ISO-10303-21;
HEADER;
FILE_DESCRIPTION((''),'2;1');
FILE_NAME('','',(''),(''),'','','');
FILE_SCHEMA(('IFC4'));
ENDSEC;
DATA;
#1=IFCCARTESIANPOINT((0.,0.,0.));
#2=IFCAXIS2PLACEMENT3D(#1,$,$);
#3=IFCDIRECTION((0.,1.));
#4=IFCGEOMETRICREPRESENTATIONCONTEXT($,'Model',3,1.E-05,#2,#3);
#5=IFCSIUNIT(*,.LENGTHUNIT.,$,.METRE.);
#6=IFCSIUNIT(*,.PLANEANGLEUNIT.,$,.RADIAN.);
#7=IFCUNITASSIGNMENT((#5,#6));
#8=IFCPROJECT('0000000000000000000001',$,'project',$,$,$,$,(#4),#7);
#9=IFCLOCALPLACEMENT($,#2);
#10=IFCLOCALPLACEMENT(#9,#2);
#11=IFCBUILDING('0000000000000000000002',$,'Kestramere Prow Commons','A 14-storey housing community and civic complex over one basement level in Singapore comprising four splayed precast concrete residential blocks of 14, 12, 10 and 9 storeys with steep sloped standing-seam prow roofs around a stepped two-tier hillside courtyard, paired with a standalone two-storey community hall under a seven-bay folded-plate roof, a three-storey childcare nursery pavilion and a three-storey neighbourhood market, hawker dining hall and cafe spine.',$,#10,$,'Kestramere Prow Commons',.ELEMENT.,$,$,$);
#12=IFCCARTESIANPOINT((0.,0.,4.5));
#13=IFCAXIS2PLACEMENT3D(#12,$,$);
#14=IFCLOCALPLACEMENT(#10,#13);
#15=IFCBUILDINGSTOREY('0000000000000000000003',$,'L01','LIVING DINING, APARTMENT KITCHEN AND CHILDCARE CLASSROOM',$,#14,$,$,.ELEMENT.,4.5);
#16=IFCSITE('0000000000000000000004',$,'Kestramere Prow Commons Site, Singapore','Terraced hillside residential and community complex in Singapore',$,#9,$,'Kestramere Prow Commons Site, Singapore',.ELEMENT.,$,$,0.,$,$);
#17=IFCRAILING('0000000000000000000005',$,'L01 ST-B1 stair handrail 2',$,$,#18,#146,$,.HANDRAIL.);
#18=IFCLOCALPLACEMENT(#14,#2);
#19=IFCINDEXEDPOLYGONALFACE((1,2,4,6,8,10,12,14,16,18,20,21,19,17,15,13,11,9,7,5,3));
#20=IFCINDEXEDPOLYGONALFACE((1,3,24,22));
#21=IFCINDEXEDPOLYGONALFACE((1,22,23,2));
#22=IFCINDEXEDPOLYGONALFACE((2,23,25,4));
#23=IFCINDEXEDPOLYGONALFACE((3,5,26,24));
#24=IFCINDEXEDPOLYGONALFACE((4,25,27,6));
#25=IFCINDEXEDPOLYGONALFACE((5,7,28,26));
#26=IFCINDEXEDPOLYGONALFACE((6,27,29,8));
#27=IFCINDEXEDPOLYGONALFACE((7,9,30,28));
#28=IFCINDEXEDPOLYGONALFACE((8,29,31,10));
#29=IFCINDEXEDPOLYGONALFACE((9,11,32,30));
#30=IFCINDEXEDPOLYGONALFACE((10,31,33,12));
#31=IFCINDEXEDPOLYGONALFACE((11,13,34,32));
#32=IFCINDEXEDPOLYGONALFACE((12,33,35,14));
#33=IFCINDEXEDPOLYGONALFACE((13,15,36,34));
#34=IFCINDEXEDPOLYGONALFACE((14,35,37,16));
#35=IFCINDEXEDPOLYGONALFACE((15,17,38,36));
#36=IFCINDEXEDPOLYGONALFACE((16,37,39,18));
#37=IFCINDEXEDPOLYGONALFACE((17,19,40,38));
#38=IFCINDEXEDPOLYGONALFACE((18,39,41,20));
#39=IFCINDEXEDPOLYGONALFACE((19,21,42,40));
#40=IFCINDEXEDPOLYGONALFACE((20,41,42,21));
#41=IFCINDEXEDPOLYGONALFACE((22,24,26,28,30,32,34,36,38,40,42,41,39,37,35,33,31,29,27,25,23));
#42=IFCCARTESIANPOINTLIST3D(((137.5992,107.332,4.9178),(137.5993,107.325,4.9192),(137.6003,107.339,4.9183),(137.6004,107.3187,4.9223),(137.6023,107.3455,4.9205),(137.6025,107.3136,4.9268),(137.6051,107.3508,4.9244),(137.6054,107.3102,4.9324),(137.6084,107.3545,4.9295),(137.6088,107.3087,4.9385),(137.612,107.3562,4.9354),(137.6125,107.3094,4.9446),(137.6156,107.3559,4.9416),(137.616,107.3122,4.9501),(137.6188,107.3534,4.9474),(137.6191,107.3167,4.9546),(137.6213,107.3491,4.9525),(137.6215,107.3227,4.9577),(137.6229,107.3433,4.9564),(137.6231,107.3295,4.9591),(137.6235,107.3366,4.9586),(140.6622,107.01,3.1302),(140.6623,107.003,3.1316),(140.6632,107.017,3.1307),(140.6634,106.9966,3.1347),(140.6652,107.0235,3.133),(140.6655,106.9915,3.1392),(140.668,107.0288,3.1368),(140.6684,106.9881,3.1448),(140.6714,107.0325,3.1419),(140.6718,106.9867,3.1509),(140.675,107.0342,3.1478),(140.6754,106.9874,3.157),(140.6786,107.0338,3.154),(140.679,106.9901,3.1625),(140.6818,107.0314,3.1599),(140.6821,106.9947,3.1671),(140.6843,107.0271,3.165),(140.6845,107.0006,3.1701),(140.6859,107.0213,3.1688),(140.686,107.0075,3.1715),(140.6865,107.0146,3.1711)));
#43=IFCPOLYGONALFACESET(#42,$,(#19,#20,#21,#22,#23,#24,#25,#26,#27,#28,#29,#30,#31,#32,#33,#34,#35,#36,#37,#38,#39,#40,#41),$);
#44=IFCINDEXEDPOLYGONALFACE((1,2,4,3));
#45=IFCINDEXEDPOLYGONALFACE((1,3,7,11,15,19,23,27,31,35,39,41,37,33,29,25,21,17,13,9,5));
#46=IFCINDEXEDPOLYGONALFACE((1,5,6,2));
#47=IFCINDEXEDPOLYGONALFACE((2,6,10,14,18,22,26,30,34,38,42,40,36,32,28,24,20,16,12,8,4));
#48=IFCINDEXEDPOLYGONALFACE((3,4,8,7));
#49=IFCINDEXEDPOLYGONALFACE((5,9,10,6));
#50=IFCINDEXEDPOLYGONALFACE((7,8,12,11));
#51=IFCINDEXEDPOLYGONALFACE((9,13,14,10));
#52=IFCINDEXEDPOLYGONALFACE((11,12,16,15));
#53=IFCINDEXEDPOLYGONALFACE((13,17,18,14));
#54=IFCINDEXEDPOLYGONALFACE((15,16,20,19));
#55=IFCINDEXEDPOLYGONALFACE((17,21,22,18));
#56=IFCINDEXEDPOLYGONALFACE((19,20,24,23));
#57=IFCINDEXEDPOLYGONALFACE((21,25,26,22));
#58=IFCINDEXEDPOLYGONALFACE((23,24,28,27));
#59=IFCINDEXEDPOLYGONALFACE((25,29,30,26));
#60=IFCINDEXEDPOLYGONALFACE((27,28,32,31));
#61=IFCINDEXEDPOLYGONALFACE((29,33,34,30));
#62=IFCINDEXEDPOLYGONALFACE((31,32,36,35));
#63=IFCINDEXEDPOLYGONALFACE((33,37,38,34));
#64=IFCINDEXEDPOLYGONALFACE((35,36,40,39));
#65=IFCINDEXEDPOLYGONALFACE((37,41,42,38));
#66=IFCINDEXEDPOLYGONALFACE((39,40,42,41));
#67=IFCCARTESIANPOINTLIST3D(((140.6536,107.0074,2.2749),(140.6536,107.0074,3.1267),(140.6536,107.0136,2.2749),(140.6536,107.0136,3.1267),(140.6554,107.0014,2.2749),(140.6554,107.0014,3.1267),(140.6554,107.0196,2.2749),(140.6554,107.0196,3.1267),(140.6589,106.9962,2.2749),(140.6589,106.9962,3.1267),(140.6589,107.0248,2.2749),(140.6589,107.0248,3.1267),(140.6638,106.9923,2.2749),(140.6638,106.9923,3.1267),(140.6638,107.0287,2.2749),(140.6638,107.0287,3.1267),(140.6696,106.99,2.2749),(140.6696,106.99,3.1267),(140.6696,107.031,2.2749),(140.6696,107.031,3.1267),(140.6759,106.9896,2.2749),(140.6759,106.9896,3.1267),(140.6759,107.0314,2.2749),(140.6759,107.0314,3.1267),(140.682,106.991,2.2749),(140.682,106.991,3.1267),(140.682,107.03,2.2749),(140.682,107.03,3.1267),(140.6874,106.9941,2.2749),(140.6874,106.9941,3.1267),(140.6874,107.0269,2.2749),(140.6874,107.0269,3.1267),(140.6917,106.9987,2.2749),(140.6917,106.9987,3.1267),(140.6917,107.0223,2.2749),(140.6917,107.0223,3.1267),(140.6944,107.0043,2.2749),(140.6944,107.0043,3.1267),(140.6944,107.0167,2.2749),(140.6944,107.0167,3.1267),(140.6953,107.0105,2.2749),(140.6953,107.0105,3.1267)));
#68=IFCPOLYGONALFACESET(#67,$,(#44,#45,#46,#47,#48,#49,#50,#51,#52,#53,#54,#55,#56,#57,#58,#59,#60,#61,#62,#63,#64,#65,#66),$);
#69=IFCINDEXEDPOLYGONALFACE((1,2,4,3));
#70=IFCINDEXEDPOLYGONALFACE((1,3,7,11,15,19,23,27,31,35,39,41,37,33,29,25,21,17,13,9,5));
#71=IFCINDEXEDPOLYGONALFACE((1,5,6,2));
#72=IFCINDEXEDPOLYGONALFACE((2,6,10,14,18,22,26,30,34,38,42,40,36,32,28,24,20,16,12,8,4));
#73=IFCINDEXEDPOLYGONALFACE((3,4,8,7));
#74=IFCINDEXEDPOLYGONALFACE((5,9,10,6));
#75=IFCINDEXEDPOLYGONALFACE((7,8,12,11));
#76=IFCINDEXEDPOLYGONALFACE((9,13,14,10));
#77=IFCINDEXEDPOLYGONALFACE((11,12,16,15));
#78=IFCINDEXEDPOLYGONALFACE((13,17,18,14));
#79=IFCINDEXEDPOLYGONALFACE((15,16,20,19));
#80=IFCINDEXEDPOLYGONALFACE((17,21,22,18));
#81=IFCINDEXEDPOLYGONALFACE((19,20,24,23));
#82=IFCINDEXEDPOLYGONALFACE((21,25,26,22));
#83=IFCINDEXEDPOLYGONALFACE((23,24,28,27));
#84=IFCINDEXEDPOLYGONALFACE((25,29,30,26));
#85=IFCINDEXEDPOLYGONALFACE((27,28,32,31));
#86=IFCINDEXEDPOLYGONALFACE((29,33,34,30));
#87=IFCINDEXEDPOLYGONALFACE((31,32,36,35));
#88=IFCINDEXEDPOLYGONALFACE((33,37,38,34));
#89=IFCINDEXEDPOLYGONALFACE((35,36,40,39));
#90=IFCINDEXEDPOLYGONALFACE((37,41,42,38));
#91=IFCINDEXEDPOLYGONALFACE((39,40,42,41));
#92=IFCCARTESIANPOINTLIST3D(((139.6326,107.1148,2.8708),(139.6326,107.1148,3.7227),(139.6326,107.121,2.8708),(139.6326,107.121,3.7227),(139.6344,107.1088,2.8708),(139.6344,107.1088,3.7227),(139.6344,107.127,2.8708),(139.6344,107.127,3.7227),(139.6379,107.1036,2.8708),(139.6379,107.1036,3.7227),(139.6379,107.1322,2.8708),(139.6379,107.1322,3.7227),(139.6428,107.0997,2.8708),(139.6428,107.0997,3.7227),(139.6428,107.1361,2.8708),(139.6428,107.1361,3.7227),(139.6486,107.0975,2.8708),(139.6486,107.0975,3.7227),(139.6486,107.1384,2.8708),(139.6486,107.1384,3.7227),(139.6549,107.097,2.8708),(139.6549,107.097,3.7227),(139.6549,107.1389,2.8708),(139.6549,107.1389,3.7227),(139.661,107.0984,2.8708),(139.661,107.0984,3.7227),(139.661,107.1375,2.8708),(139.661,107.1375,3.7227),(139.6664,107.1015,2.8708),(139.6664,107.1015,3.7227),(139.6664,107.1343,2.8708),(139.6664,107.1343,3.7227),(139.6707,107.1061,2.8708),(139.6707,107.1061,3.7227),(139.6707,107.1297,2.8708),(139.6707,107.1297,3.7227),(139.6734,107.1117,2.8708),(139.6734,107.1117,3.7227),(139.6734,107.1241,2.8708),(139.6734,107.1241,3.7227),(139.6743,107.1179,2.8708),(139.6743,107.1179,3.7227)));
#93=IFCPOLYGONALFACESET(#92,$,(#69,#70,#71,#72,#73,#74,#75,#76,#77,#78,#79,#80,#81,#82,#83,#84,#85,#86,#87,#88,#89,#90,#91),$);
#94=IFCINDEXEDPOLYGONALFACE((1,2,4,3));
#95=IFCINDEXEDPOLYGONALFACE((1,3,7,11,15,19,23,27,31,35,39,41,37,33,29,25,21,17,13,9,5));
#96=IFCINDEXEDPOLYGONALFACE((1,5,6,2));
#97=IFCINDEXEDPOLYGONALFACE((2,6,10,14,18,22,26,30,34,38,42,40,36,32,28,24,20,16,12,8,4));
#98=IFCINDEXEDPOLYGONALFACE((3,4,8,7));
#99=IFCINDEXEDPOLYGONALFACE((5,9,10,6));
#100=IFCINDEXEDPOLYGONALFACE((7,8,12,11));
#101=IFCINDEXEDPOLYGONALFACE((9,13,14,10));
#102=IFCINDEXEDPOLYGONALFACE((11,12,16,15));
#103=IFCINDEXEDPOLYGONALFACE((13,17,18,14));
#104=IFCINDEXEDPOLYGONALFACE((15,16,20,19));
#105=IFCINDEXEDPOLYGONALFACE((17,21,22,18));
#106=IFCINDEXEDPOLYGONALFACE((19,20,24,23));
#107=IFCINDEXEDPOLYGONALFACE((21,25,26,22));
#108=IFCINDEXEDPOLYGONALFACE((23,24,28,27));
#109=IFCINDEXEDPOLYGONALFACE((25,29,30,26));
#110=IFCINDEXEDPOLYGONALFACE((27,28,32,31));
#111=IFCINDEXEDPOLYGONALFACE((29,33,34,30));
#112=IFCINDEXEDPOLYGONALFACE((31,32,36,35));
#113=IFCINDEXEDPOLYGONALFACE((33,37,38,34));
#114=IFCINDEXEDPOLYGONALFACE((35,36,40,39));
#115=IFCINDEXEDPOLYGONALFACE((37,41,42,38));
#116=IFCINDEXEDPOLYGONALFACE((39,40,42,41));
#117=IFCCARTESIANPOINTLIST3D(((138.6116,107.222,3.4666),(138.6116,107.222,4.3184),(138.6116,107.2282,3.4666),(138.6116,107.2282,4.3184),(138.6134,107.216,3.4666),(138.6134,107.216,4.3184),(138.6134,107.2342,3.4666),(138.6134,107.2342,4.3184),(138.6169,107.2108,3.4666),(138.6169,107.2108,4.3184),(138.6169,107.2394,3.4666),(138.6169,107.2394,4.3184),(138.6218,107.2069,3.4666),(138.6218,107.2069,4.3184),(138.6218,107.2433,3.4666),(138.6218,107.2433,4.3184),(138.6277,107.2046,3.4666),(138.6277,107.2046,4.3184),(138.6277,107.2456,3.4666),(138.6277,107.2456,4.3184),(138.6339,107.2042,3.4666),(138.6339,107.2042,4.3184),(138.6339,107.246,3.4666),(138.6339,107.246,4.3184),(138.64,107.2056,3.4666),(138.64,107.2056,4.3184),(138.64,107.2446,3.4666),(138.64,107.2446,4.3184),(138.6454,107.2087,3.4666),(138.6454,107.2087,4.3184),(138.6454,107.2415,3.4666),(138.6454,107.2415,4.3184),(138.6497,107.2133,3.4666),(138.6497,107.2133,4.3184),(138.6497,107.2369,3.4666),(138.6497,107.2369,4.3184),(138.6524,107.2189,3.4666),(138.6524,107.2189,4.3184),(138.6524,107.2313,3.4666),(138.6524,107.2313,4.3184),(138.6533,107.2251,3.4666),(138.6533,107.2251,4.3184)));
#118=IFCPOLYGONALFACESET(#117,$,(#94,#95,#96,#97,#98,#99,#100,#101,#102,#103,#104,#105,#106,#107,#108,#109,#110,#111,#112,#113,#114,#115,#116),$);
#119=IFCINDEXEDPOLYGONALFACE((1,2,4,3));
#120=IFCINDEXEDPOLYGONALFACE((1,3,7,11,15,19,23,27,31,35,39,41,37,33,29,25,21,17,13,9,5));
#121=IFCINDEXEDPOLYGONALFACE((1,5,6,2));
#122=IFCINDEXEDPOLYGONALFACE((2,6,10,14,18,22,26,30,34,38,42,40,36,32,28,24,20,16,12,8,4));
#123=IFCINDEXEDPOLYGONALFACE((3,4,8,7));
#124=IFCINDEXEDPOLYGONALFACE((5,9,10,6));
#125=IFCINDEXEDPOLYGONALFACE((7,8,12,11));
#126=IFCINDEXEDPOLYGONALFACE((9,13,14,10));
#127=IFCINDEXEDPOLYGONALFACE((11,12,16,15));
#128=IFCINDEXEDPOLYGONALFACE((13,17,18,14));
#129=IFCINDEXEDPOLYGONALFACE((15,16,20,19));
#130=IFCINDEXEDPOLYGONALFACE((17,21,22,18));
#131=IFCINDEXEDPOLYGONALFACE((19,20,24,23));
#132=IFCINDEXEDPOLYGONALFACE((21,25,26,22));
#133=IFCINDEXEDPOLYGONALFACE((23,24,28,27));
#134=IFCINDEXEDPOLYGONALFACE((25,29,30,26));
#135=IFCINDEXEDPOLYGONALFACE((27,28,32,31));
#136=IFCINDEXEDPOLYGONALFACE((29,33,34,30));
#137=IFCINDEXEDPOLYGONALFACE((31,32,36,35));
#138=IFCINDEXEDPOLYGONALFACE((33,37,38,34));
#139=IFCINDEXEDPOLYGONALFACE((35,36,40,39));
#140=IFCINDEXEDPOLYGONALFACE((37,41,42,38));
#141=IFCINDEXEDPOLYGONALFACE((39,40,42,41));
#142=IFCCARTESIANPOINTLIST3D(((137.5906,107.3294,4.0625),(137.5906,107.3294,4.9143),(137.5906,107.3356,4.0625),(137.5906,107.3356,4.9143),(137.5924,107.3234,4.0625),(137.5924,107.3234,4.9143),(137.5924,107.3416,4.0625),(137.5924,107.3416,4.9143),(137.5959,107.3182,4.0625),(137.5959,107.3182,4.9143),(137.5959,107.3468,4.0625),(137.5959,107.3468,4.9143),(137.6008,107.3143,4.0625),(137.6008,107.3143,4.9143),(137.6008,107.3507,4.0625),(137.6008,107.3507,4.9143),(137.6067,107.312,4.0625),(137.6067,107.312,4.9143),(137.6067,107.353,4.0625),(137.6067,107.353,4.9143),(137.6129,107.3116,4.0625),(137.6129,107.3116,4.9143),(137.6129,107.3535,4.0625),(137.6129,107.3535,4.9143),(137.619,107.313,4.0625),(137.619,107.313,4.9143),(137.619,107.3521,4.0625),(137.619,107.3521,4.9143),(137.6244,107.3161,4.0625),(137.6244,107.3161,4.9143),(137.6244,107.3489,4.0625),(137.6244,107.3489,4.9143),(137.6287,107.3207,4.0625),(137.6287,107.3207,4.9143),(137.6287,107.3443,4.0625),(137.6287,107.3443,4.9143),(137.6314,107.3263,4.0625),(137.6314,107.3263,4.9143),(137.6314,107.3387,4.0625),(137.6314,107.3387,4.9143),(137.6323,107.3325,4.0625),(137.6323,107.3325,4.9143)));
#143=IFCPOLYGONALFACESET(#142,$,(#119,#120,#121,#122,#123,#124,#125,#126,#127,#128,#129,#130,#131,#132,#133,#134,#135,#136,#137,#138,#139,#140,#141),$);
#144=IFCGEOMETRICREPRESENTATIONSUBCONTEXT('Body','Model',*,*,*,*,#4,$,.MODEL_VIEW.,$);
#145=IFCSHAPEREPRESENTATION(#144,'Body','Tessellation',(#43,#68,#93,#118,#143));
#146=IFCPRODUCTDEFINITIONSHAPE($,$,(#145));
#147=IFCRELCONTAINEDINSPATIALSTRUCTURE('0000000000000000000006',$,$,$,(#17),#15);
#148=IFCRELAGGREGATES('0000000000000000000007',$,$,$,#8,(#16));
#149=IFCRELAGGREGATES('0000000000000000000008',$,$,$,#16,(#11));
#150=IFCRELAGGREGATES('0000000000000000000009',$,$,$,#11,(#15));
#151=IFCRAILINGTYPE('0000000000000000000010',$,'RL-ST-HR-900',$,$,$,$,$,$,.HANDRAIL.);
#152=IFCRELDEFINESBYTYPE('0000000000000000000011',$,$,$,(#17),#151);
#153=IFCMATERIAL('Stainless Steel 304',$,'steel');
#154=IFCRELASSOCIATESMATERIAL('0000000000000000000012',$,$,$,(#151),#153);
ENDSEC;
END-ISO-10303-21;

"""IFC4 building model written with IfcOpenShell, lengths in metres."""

from ifc_helpers import new_model, si_unit, direction, frame, origin, origin_2d, place, context, subcontext, project, spatial, circle, extrude, material, type_object, element, save


model = new_model("IFC4")

# Units and contexts
model_context = context("Model", 3, precision=1e-05, world=origin(), true_north=direction((0.0, 1.0)))
body_context = subcontext(model_context, "Body", "Model", "MODEL_VIEW")
ifc_project = project(units=[si_unit("LENGTHUNIT", "METRE"), si_unit("PLANEANGLEUNIT", "RADIAN")], contexts=[model_context])

# Site, building, storey
site_placement = place(None, origin())
site = spatial("IfcSite", under=ifc_project, at=site_placement, Name="Kestramere Prow Commons Site, Singapore", Description="Terraced hillside residential and community complex in Singapore", LongName="Kestramere Prow Commons Site, Singapore", CompositionType="ELEMENT", RefElevation=0.0)
building_placement = place(site_placement, origin())
building = spatial("IfcBuilding", under=site, at=building_placement, Name="Kestramere Prow Commons", Description="A 14-storey housing community and civic complex over one basement level in Singapore comprising four splayed precast concrete residential blocks of 14, 12, 10 and 9 storeys with steep sloped standing-seam prow roofs around a stepped two-tier hillside courtyard, paired with a standalone two-storey community hall under a seven-bay folded-plate roof, a three-storey childcare nursery pavilion and a three-storey neighbourhood market, hawker dining hall and cafe spine.", LongName="Kestramere Prow Commons", CompositionType="ELEMENT")
storey_placement = place(building_placement, frame((0.0, 0.0, 4.5)))
storey = spatial("IfcBuildingStorey", under=building, at=storey_placement, Name="L01", Description="LIVING DINING, APARTMENT KITCHEN AND CHILDCARE CLASSROOM", CompositionType="ELEMENT", Elevation=4.5)

# Railing
ifc_material_1 = material(Name="Stainless Steel 304", Category="steel")
railing_type_1 = type_object("IfcRailingType", Name="RL-ST-HR-900", PredefinedType="HANDRAIL", material=ifc_material_1)
railing_1_placement = place(storey_placement, frame((140.6743, 107.0105, 2.2749)))
element("IfcRailing", 1, at=railing_1_placement, inside=storey, type_object=railing_type_1, Name="L01 ST-B1 stair handrail 2", PredefinedType="HANDRAIL", context=body_context, shape_type="SweptSolid", body=[
    extrude(circle(Radius=0.0239, at=origin_2d()), frame((0.0, 0.0, 0.876), z_axis=(-0.860135, 0.090429, 0.501986), x_axis=(-0.104557, -0.994519, 0.0)), (0.0, 0.0, 1.0), 3.561),
    extrude(circle(Radius=0.021, at=origin_2d()), origin(), (0.0, 0.0, 1.0), 0.8518),
    extrude(circle(Radius=0.021, at=origin_2d()), frame((-1.021, 0.1074, 0.5959)), (0.0, 0.0, 1.0), 0.8518),
    extrude(circle(Radius=0.021, at=origin_2d()), frame((-2.042, 0.2146, 1.1917)), (0.0, 0.0, 1.0), 0.8518),
    extrude(circle(Radius=0.021, at=origin_2d()), frame((-3.063, 0.322, 1.7876)), (0.0, 0.0, 1.0), 0.8518),
])

save(model, "model.ifc")
